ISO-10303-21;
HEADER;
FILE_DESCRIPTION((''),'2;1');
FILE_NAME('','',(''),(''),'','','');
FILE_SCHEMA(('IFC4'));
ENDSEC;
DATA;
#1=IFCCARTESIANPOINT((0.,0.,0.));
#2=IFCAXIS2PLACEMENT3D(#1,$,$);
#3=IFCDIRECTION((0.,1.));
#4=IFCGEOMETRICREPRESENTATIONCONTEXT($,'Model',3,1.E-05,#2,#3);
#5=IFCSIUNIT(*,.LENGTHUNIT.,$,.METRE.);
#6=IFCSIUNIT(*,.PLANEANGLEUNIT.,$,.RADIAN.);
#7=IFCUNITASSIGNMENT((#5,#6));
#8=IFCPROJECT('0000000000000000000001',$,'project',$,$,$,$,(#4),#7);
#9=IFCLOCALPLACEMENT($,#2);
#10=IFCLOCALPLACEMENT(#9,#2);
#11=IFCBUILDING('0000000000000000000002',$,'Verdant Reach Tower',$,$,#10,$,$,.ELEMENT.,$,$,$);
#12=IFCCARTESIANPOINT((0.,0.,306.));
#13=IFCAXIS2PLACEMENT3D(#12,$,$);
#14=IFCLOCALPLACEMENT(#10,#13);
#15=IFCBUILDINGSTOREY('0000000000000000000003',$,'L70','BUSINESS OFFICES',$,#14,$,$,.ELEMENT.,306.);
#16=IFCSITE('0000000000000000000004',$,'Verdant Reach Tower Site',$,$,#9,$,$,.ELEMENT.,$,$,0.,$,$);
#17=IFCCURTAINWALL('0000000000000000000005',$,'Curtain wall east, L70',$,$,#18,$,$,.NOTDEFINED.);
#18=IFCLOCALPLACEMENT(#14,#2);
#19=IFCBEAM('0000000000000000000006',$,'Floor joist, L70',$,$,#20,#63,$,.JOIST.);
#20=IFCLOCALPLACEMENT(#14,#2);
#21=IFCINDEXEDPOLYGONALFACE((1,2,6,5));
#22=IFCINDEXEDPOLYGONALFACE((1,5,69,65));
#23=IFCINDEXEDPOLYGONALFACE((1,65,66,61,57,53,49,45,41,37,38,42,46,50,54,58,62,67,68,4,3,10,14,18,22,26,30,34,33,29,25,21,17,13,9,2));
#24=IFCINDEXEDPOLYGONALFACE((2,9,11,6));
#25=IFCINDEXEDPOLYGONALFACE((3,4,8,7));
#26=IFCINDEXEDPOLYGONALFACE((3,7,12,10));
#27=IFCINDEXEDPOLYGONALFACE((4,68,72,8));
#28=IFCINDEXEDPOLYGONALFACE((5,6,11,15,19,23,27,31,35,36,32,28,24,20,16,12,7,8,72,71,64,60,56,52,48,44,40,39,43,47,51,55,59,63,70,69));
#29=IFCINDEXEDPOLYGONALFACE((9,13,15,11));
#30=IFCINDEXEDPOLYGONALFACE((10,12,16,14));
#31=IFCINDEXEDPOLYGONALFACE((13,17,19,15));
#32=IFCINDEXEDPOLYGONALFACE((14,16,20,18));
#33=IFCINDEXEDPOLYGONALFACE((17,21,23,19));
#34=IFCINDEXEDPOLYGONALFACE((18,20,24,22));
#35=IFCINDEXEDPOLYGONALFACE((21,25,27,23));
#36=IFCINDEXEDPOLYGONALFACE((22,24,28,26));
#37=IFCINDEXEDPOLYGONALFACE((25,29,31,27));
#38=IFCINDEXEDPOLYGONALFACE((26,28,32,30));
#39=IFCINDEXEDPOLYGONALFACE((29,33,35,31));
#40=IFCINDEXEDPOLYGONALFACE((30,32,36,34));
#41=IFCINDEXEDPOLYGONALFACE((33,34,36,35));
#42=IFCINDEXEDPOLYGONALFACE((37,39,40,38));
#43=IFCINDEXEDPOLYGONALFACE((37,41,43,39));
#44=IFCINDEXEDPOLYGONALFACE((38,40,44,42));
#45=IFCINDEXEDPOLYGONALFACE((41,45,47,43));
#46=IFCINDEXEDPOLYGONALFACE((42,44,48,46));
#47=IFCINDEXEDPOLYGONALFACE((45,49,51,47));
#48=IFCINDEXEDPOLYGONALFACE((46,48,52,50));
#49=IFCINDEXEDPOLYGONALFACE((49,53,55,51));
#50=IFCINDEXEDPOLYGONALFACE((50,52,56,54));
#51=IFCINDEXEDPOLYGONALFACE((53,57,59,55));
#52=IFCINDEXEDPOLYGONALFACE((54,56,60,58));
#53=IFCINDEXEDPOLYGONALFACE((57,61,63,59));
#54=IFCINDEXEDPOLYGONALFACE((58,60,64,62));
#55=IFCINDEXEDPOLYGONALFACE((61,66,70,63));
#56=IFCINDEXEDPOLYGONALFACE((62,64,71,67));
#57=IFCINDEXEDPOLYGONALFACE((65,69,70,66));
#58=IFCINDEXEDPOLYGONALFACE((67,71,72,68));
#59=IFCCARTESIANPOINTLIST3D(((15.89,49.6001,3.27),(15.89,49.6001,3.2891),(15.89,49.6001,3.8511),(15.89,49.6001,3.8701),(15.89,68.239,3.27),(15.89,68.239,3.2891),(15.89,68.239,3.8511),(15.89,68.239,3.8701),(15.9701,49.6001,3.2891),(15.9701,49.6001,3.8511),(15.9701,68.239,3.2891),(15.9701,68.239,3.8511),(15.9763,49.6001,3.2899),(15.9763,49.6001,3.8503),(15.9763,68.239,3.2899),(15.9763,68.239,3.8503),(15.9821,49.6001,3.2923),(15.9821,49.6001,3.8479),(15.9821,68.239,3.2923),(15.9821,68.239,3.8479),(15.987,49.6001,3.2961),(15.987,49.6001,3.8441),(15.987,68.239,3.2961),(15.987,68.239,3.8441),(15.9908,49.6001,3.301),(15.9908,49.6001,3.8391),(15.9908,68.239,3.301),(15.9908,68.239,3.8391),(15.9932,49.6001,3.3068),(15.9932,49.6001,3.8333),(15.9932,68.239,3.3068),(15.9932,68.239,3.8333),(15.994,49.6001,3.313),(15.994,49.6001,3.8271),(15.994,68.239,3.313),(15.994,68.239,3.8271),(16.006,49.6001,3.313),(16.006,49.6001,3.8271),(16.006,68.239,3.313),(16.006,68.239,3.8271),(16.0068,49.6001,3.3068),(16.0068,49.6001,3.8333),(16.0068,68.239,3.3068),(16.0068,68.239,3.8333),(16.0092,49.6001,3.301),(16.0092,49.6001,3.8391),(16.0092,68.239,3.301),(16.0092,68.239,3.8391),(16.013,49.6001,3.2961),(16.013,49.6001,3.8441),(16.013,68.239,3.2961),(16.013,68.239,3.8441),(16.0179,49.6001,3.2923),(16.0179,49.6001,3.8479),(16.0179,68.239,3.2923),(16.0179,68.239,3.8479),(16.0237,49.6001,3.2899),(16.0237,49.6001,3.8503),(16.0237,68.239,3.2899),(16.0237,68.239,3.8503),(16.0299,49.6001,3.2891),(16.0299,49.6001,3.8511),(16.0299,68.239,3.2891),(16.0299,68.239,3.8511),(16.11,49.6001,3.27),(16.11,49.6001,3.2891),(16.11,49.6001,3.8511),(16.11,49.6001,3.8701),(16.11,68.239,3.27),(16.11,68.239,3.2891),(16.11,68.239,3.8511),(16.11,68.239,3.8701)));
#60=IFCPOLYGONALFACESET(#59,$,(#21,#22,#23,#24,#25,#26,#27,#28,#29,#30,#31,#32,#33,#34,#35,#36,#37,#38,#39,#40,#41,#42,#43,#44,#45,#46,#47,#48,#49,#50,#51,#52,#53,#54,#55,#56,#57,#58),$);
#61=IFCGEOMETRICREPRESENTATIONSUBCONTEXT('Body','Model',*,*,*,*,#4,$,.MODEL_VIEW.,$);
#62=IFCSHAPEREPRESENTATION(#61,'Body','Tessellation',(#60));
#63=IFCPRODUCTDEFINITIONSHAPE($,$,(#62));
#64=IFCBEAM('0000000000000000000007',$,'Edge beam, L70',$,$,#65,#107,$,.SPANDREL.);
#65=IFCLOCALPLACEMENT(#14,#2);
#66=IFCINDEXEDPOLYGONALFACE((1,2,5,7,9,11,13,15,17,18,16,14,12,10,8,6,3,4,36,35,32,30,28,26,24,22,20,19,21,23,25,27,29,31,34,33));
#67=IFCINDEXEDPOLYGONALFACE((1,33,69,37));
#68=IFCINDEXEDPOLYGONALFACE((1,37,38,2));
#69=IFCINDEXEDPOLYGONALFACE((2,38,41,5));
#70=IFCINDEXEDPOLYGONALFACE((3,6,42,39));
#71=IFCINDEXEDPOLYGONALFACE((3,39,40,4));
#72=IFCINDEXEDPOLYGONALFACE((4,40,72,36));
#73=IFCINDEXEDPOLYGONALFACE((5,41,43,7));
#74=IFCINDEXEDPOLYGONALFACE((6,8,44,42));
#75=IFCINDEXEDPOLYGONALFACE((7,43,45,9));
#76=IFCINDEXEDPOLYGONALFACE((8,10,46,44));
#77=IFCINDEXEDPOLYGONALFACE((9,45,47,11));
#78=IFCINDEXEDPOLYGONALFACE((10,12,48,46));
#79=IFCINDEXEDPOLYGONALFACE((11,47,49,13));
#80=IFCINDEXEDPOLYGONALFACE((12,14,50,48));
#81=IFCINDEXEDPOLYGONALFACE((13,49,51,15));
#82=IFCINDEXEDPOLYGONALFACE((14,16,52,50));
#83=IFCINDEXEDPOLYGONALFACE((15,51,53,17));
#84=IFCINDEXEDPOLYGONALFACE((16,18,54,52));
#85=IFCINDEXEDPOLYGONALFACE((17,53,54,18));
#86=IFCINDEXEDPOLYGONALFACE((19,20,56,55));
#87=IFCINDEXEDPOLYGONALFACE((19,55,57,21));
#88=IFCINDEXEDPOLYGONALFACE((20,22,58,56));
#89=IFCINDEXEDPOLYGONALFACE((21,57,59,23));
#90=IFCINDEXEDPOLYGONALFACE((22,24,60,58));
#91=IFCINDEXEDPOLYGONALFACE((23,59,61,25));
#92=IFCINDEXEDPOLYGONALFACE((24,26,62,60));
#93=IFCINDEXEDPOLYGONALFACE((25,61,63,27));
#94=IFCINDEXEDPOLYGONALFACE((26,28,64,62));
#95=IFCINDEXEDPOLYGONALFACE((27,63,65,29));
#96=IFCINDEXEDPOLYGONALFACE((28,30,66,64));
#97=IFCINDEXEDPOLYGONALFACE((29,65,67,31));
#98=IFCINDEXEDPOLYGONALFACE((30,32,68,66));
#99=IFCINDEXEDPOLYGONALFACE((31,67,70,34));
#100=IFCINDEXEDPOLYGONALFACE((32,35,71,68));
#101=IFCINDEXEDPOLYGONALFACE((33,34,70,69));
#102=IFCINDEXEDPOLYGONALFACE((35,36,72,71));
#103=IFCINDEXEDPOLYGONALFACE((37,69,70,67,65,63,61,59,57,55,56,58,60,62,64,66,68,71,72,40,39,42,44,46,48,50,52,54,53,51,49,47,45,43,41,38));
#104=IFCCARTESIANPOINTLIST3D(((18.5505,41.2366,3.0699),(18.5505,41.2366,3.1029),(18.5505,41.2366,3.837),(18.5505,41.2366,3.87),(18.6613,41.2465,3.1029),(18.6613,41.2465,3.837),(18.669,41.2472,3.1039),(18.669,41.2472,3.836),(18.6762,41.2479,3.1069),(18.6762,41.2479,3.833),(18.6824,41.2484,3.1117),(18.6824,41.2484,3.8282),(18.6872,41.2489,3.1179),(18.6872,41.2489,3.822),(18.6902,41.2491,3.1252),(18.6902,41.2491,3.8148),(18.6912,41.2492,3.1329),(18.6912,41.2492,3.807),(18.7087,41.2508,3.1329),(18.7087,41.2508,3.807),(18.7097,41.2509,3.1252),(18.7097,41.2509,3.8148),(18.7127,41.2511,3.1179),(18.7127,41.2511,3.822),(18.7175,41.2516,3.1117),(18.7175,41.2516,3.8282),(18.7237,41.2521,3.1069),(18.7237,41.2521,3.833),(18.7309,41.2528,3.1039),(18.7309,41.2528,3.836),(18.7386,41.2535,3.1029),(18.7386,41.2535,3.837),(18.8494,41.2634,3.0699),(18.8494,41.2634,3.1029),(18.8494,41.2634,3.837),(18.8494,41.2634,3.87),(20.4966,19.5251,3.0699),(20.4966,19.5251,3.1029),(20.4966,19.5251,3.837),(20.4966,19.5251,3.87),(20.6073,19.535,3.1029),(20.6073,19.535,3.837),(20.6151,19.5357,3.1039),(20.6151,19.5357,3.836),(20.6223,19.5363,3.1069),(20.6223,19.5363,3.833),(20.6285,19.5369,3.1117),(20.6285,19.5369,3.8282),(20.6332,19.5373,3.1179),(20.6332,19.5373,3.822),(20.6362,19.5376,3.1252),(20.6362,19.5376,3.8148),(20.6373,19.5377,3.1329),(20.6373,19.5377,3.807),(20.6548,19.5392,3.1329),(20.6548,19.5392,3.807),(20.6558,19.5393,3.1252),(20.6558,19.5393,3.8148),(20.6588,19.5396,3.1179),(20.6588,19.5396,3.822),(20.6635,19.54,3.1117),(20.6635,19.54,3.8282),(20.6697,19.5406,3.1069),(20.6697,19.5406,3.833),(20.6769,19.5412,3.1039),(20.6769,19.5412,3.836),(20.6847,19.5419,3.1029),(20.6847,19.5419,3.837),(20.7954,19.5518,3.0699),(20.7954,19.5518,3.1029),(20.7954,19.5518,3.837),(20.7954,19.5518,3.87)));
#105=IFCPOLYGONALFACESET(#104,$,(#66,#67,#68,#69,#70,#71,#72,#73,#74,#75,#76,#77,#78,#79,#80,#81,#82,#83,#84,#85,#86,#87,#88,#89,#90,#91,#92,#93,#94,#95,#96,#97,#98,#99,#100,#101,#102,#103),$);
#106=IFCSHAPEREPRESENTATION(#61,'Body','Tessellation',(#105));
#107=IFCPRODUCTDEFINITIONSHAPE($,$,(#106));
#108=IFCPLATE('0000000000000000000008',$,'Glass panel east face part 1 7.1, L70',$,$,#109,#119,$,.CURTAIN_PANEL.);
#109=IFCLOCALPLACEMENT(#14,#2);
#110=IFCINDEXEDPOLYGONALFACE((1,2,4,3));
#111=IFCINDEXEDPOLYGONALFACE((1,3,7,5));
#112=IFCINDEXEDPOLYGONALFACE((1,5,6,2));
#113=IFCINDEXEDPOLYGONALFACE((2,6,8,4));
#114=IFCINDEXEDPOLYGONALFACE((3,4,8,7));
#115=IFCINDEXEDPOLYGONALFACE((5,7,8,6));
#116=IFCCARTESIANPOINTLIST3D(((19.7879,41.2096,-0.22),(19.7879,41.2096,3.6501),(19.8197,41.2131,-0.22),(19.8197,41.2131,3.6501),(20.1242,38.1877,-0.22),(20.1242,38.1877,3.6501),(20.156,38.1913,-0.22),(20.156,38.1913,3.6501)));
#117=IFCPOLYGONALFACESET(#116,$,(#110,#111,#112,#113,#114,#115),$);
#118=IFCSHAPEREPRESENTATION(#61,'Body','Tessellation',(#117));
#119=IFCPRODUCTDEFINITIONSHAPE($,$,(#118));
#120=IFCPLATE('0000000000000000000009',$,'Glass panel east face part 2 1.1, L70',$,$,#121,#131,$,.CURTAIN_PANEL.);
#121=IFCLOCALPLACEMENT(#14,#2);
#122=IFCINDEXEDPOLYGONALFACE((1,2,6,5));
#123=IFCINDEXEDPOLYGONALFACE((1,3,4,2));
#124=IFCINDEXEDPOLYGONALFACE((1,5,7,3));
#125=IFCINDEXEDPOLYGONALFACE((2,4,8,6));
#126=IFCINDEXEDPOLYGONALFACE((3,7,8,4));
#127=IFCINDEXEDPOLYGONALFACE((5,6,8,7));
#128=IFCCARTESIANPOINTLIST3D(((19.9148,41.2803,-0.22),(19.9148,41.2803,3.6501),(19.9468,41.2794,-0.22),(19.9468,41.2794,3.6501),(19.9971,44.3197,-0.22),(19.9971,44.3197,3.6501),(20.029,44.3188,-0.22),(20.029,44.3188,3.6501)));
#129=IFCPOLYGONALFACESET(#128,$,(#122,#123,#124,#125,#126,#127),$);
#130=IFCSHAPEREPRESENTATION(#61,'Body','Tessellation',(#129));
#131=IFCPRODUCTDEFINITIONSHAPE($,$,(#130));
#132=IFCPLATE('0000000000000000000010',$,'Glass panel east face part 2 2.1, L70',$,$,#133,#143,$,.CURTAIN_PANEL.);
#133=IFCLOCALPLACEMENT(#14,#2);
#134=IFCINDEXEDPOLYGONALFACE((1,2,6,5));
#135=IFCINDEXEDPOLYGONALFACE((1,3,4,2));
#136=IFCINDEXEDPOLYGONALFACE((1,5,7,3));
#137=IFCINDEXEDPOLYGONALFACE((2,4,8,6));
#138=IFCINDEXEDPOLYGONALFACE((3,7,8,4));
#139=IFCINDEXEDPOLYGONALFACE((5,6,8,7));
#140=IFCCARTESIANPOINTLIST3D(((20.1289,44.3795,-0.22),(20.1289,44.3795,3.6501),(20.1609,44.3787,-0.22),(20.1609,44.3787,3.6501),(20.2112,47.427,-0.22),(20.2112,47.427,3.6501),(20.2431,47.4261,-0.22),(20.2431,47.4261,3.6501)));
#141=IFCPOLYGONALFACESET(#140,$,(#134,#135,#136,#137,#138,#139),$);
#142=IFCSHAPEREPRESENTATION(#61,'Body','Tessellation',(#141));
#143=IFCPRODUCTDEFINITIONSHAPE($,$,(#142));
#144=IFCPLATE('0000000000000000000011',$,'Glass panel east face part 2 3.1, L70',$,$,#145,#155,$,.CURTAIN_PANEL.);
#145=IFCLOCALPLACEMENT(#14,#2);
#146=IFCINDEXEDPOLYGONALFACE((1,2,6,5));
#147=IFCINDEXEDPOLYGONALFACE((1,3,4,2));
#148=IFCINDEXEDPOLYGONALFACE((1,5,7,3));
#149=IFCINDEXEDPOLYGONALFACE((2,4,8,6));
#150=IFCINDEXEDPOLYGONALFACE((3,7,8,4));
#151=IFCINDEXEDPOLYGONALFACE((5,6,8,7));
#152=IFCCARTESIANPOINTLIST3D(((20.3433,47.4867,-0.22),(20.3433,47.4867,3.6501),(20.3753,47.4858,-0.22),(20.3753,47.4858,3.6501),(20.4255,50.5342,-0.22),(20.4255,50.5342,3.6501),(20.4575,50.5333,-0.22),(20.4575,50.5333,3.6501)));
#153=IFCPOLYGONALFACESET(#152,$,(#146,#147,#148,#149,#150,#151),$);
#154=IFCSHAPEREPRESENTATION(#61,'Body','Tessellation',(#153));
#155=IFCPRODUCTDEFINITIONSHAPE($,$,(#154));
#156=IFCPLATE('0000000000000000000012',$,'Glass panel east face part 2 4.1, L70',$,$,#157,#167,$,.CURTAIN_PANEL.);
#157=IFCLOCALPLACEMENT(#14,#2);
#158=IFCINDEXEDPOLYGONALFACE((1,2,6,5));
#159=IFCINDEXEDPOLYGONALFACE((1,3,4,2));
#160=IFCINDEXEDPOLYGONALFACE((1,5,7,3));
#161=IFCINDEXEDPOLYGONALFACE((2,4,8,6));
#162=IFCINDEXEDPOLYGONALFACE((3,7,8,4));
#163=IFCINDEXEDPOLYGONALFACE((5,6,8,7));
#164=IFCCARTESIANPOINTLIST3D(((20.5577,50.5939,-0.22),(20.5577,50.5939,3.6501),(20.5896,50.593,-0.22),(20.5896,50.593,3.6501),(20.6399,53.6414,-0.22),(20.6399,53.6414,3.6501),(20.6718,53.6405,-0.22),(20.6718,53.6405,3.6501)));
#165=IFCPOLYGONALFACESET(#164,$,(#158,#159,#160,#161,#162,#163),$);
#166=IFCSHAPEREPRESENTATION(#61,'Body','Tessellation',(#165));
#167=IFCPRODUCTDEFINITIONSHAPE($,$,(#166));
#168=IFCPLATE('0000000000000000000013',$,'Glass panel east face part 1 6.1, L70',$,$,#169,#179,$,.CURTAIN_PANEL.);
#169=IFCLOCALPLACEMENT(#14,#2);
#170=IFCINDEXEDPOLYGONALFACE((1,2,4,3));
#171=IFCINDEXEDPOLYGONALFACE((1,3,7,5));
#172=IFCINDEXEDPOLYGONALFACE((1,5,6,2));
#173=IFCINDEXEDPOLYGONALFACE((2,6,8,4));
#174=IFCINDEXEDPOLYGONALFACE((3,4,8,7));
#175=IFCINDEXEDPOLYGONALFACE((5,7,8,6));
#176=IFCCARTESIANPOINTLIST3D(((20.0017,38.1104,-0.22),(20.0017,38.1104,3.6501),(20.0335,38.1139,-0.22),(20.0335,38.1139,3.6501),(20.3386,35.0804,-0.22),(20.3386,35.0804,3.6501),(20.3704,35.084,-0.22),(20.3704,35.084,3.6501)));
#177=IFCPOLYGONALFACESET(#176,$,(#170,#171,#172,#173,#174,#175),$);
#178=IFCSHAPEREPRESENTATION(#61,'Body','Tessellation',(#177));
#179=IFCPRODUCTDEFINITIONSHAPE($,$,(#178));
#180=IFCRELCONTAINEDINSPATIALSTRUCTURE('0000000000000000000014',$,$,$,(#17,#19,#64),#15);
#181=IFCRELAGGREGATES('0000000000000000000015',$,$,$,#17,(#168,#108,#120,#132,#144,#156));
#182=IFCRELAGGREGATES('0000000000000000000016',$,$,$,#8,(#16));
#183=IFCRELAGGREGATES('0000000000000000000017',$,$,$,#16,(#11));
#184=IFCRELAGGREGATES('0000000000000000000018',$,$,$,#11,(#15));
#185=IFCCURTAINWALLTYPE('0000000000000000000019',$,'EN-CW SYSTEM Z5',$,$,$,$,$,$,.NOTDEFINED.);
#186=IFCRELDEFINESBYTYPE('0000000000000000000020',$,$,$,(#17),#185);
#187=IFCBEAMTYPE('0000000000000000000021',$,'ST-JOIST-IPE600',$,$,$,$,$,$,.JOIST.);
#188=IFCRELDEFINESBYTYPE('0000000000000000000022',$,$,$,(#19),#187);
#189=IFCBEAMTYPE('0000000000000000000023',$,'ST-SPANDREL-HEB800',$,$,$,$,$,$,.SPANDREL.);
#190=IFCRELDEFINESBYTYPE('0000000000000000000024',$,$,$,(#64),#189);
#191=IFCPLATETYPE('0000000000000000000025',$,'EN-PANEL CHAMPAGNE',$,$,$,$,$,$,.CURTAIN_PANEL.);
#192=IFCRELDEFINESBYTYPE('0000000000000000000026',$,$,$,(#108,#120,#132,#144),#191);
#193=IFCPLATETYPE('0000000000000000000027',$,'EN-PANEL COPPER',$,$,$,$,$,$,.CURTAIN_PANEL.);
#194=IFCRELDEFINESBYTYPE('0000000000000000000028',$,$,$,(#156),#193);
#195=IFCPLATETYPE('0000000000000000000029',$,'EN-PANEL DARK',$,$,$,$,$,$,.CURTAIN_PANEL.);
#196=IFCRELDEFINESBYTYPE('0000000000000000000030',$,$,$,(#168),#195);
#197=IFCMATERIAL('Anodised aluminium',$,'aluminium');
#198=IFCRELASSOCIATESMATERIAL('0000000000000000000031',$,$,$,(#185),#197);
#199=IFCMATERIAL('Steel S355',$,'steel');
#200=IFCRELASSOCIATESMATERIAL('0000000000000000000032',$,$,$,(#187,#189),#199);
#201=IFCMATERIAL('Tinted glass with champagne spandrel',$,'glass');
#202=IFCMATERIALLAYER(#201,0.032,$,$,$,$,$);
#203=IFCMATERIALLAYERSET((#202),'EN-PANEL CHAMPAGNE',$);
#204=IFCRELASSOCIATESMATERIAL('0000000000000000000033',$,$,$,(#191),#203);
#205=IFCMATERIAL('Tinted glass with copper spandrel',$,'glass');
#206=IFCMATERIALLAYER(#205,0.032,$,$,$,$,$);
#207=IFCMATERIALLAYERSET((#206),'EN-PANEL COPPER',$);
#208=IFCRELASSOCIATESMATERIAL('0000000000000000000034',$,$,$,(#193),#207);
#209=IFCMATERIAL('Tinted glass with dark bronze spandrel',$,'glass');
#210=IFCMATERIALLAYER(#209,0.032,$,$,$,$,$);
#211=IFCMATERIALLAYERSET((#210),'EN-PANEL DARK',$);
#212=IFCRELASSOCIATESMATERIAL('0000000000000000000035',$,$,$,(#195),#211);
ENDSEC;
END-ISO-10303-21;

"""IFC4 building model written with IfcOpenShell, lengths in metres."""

from ifc_helpers import new_model, si_unit, direction, frame, origin, origin_2d, place, context, subcontext, project, spatial, rectangle, i_section, extrude, material, layer, layer_set, material_profile, profile_set, type_object, element, aggregate, save


model = new_model("IFC4")

# Units and contexts
model_context = context("Model", 3, precision=1e-05, world=origin(), true_north=direction((0.0, 1.0)))
body_context = subcontext(model_context, "Body", "Model", "MODEL_VIEW")
ifc_project = project(units=[si_unit("LENGTHUNIT", "METRE"), si_unit("PLANEANGLEUNIT", "RADIAN")], contexts=[model_context])

# Site, building, storey
site_placement = place(None, origin())
site = spatial("IfcSite", under=ifc_project, at=site_placement, Name="Verdant Reach Tower Site", CompositionType="ELEMENT", RefElevation=0.0)
building_placement = place(site_placement, origin())
building = spatial("IfcBuilding", under=site, at=building_placement, Name="Verdant Reach Tower", CompositionType="ELEMENT")
storey_placement = place(building_placement, frame((0.0, 0.0, 306.0)))
storey = spatial("IfcBuildingStorey", under=building, at=storey_placement, Name="L70", Description="BUSINESS OFFICES", CompositionType="ELEMENT", Elevation=306.0)

# Curtain wall
ifc_material_1 = material(Name="Anodised aluminium", Category="aluminium")
curtain_wall_type = type_object("IfcCurtainWallType", Name="EN-CW SYSTEM Z5", PredefinedType="NOTDEFINED", material=ifc_material_1)
curtain_wall_placement = place(storey_placement, origin())
curtain_wall = element("IfcCurtainWall", 1, at=curtain_wall_placement, inside=storey, type_object=curtain_wall_type, Name="Curtain wall east, L70", PredefinedType="NOTDEFINED")

# Beams
ifc_material_2 = material(Name="Steel S355", Category="steel")
ifc_material_profile_1 = material_profile(ifc_material_2, i_section(OverallWidth=0.22, OverallDepth=0.6001, WebThickness=0.012, FlangeThickness=0.019, FilletRadius=0.0239, at=origin_2d()), Name="IPE 600")
ifc_profile_set_1 = profile_set([ifc_material_profile_1], Name="Steel S355")
beam_type_1 = type_object("IfcBeamType", Name="ST-JOIST-IPE600", PredefinedType="JOIST", material=ifc_profile_set_1)
beam_1_placement = place(storey_placement, frame((16.0, 49.6001, 3.5701), z_axis=(0.0, 1.0, 0.0), x_axis=(-1.0, 0.0, 0.0)))
element("IfcBeam", 2, at=beam_1_placement, inside=storey, type_object=beam_type_1, Name="Floor joist, L70", PredefinedType="JOIST", context=body_context, shape_type="SweptSolid", body=[
    extrude(i_section(OverallWidth=0.22, OverallDepth=0.6001, WebThickness=0.012, FlangeThickness=0.019, FilletRadius=0.0239, at=origin_2d()), origin(), (0.0, 0.0, 1.0), 18.6389),
])
ifc_material_profile_2 = material_profile(ifc_material_2, i_section(OverallWidth=0.3, OverallDepth=0.8, WebThickness=0.0176, FlangeThickness=0.033, FilletRadius=0.03, at=origin_2d()), Name="HEB 800")
ifc_profile_set_2 = profile_set([ifc_material_profile_2], Name="Steel S355")
beam_type_2 = type_object("IfcBeamType", Name="ST-SPANDREL-HEB800", PredefinedType="SPANDREL", material=ifc_profile_set_2)
beam_2_placement = place(storey_placement, frame((18.7, 41.25, 3.47), z_axis=(0.089274, -0.996007, 0.0), x_axis=(0.996007, 0.089274, 0.0)))
element("IfcBeam", 3, at=beam_2_placement, inside=storey, type_object=beam_type_2, Name="Edge beam, L70", PredefinedType="SPANDREL", context=body_context, shape_type="SweptSolid", body=[
    extrude(i_section(OverallWidth=0.3, OverallDepth=0.8, WebThickness=0.0176, FlangeThickness=0.033, FilletRadius=0.03, at=origin_2d()), origin(), (0.0, 0.0, 1.0), 21.7986),
])

# Plates
ifc_material_3 = material(Name="Tinted glass with champagne spandrel", Category="glass")
ifc_layer_1 = layer(ifc_material_3, 0.032)
ifc_layer_set_1 = layer_set([ifc_layer_1], Name="EN-PANEL CHAMPAGNE")
plate_type_1 = type_object("IfcPlateType", Name="EN-PANEL CHAMPAGNE", PredefinedType="CURTAIN_PANEL", material=ifc_layer_set_1)
plate_1_placement = place(storey_placement, frame((19.9719, 39.7004, -0.22), z_axis=(0.0, 0.0, 1.0), x_axis=(-0.110605, 0.993864, 0.0)))
plate_1 = element("IfcPlate", 4, at=plate_1_placement, type_object=plate_type_1, Name="Glass panel east face part 1 7.1, L70", PredefinedType="CURTAIN_PANEL", context=body_context, shape_type="SweptSolid", body=[
    extrude(rectangle(XDim=3.0405, YDim=0.032, at=origin_2d()), origin(), (0.0, 0.0, 1.0), 3.8701),
])
plate_2_placement = place(storey_placement, frame((19.9719, 42.7996, -0.22), z_axis=(0.0, 0.0, 1.0), x_axis=(0.027053, 0.999634, 0.0)))
plate_2 = element("IfcPlate", 5, at=plate_2_placement, type_object=plate_type_1, Name="Glass panel east face part 2 1.1, L70", PredefinedType="CURTAIN_PANEL", context=body_context, shape_type="SweptSolid", body=[
    extrude(rectangle(XDim=3.0405, YDim=0.032, at=origin_2d()), origin(), (0.0, 0.0, 1.0), 3.8701),
])
plate_3_placement = place(storey_placement, frame((20.186, 45.9028, -0.22), z_axis=(0.0, 0.0, 1.0), x_axis=(0.026965, 0.999636, 0.0)))
plate_3 = element("IfcPlate", 6, at=plate_3_placement, type_object=plate_type_1, Name="Glass panel east face part 2 2.1, L70", PredefinedType="CURTAIN_PANEL", context=body_context, shape_type="SweptSolid", body=[
    extrude(rectangle(XDim=3.0486, YDim=0.032, at=origin_2d()), origin(), (0.0, 0.0, 1.0), 3.8701),
])
plate_4_placement = place(storey_placement, frame((20.4004, 49.01, -0.22), z_axis=(0.0, 0.0, 1.0), x_axis=(0.026965, 0.999636, 0.0)))
plate_4 = element("IfcPlate", 7, at=plate_4_placement, type_object=plate_type_1, Name="Glass panel east face part 2 3.1, L70", PredefinedType="CURTAIN_PANEL", context=body_context, shape_type="SweptSolid", body=[
    extrude(rectangle(XDim=3.0486, YDim=0.032, at=origin_2d()), origin(), (0.0, 0.0, 1.0), 3.8701),
])
ifc_material_4 = material(Name="Tinted glass with copper spandrel", Category="glass")
ifc_layer_2 = layer(ifc_material_4, 0.032)
ifc_layer_set_2 = layer_set([ifc_layer_2], Name="EN-PANEL COPPER")
plate_type_2 = type_object("IfcPlateType", Name="EN-PANEL COPPER", PredefinedType="CURTAIN_PANEL", material=ifc_layer_set_2)
plate_5_placement = place(storey_placement, frame((20.6147, 52.1172, -0.22), z_axis=(0.0, 0.0, 1.0), x_axis=(0.026965, 0.999636, 0.0)))
plate_5 = element("IfcPlate", 8, at=plate_5_placement, type_object=plate_type_2, Name="Glass panel east face part 2 4.1, L70", PredefinedType="CURTAIN_PANEL", context=body_context, shape_type="SweptSolid", body=[
    extrude(rectangle(XDim=3.0486, YDim=0.032, at=origin_2d()), origin(), (0.0, 0.0, 1.0), 3.8701),
])
ifc_material_5 = material(Name="Tinted glass with dark bronze spandrel", Category="glass")
ifc_layer_3 = layer(ifc_material_5, 0.032)
ifc_layer_set_3 = layer_set([ifc_layer_3], Name="EN-PANEL DARK")
plate_type_3 = type_object("IfcPlateType", Name="EN-PANEL DARK", PredefinedType="CURTAIN_PANEL", material=ifc_layer_set_3)
plate_6_placement = place(storey_placement, frame((20.186, 36.5972, -0.22), z_axis=(0.0, 0.0, 1.0), x_axis=(-0.110518, 0.993874, 0.0)))
plate_6 = element("IfcPlate", 9, at=plate_6_placement, type_object=plate_type_3, Name="Glass panel east face part 1 6.1, L70", PredefinedType="CURTAIN_PANEL", context=body_context, shape_type="SweptSolid", body=[
    extrude(rectangle(XDim=3.0486, YDim=0.032, at=origin_2d()), origin(), (0.0, 0.0, 1.0), 3.8701),
])
aggregate(curtain_wall, [plate_6, plate_1, plate_2, plate_3, plate_4, plate_5])

save(model, "model.ifc")
